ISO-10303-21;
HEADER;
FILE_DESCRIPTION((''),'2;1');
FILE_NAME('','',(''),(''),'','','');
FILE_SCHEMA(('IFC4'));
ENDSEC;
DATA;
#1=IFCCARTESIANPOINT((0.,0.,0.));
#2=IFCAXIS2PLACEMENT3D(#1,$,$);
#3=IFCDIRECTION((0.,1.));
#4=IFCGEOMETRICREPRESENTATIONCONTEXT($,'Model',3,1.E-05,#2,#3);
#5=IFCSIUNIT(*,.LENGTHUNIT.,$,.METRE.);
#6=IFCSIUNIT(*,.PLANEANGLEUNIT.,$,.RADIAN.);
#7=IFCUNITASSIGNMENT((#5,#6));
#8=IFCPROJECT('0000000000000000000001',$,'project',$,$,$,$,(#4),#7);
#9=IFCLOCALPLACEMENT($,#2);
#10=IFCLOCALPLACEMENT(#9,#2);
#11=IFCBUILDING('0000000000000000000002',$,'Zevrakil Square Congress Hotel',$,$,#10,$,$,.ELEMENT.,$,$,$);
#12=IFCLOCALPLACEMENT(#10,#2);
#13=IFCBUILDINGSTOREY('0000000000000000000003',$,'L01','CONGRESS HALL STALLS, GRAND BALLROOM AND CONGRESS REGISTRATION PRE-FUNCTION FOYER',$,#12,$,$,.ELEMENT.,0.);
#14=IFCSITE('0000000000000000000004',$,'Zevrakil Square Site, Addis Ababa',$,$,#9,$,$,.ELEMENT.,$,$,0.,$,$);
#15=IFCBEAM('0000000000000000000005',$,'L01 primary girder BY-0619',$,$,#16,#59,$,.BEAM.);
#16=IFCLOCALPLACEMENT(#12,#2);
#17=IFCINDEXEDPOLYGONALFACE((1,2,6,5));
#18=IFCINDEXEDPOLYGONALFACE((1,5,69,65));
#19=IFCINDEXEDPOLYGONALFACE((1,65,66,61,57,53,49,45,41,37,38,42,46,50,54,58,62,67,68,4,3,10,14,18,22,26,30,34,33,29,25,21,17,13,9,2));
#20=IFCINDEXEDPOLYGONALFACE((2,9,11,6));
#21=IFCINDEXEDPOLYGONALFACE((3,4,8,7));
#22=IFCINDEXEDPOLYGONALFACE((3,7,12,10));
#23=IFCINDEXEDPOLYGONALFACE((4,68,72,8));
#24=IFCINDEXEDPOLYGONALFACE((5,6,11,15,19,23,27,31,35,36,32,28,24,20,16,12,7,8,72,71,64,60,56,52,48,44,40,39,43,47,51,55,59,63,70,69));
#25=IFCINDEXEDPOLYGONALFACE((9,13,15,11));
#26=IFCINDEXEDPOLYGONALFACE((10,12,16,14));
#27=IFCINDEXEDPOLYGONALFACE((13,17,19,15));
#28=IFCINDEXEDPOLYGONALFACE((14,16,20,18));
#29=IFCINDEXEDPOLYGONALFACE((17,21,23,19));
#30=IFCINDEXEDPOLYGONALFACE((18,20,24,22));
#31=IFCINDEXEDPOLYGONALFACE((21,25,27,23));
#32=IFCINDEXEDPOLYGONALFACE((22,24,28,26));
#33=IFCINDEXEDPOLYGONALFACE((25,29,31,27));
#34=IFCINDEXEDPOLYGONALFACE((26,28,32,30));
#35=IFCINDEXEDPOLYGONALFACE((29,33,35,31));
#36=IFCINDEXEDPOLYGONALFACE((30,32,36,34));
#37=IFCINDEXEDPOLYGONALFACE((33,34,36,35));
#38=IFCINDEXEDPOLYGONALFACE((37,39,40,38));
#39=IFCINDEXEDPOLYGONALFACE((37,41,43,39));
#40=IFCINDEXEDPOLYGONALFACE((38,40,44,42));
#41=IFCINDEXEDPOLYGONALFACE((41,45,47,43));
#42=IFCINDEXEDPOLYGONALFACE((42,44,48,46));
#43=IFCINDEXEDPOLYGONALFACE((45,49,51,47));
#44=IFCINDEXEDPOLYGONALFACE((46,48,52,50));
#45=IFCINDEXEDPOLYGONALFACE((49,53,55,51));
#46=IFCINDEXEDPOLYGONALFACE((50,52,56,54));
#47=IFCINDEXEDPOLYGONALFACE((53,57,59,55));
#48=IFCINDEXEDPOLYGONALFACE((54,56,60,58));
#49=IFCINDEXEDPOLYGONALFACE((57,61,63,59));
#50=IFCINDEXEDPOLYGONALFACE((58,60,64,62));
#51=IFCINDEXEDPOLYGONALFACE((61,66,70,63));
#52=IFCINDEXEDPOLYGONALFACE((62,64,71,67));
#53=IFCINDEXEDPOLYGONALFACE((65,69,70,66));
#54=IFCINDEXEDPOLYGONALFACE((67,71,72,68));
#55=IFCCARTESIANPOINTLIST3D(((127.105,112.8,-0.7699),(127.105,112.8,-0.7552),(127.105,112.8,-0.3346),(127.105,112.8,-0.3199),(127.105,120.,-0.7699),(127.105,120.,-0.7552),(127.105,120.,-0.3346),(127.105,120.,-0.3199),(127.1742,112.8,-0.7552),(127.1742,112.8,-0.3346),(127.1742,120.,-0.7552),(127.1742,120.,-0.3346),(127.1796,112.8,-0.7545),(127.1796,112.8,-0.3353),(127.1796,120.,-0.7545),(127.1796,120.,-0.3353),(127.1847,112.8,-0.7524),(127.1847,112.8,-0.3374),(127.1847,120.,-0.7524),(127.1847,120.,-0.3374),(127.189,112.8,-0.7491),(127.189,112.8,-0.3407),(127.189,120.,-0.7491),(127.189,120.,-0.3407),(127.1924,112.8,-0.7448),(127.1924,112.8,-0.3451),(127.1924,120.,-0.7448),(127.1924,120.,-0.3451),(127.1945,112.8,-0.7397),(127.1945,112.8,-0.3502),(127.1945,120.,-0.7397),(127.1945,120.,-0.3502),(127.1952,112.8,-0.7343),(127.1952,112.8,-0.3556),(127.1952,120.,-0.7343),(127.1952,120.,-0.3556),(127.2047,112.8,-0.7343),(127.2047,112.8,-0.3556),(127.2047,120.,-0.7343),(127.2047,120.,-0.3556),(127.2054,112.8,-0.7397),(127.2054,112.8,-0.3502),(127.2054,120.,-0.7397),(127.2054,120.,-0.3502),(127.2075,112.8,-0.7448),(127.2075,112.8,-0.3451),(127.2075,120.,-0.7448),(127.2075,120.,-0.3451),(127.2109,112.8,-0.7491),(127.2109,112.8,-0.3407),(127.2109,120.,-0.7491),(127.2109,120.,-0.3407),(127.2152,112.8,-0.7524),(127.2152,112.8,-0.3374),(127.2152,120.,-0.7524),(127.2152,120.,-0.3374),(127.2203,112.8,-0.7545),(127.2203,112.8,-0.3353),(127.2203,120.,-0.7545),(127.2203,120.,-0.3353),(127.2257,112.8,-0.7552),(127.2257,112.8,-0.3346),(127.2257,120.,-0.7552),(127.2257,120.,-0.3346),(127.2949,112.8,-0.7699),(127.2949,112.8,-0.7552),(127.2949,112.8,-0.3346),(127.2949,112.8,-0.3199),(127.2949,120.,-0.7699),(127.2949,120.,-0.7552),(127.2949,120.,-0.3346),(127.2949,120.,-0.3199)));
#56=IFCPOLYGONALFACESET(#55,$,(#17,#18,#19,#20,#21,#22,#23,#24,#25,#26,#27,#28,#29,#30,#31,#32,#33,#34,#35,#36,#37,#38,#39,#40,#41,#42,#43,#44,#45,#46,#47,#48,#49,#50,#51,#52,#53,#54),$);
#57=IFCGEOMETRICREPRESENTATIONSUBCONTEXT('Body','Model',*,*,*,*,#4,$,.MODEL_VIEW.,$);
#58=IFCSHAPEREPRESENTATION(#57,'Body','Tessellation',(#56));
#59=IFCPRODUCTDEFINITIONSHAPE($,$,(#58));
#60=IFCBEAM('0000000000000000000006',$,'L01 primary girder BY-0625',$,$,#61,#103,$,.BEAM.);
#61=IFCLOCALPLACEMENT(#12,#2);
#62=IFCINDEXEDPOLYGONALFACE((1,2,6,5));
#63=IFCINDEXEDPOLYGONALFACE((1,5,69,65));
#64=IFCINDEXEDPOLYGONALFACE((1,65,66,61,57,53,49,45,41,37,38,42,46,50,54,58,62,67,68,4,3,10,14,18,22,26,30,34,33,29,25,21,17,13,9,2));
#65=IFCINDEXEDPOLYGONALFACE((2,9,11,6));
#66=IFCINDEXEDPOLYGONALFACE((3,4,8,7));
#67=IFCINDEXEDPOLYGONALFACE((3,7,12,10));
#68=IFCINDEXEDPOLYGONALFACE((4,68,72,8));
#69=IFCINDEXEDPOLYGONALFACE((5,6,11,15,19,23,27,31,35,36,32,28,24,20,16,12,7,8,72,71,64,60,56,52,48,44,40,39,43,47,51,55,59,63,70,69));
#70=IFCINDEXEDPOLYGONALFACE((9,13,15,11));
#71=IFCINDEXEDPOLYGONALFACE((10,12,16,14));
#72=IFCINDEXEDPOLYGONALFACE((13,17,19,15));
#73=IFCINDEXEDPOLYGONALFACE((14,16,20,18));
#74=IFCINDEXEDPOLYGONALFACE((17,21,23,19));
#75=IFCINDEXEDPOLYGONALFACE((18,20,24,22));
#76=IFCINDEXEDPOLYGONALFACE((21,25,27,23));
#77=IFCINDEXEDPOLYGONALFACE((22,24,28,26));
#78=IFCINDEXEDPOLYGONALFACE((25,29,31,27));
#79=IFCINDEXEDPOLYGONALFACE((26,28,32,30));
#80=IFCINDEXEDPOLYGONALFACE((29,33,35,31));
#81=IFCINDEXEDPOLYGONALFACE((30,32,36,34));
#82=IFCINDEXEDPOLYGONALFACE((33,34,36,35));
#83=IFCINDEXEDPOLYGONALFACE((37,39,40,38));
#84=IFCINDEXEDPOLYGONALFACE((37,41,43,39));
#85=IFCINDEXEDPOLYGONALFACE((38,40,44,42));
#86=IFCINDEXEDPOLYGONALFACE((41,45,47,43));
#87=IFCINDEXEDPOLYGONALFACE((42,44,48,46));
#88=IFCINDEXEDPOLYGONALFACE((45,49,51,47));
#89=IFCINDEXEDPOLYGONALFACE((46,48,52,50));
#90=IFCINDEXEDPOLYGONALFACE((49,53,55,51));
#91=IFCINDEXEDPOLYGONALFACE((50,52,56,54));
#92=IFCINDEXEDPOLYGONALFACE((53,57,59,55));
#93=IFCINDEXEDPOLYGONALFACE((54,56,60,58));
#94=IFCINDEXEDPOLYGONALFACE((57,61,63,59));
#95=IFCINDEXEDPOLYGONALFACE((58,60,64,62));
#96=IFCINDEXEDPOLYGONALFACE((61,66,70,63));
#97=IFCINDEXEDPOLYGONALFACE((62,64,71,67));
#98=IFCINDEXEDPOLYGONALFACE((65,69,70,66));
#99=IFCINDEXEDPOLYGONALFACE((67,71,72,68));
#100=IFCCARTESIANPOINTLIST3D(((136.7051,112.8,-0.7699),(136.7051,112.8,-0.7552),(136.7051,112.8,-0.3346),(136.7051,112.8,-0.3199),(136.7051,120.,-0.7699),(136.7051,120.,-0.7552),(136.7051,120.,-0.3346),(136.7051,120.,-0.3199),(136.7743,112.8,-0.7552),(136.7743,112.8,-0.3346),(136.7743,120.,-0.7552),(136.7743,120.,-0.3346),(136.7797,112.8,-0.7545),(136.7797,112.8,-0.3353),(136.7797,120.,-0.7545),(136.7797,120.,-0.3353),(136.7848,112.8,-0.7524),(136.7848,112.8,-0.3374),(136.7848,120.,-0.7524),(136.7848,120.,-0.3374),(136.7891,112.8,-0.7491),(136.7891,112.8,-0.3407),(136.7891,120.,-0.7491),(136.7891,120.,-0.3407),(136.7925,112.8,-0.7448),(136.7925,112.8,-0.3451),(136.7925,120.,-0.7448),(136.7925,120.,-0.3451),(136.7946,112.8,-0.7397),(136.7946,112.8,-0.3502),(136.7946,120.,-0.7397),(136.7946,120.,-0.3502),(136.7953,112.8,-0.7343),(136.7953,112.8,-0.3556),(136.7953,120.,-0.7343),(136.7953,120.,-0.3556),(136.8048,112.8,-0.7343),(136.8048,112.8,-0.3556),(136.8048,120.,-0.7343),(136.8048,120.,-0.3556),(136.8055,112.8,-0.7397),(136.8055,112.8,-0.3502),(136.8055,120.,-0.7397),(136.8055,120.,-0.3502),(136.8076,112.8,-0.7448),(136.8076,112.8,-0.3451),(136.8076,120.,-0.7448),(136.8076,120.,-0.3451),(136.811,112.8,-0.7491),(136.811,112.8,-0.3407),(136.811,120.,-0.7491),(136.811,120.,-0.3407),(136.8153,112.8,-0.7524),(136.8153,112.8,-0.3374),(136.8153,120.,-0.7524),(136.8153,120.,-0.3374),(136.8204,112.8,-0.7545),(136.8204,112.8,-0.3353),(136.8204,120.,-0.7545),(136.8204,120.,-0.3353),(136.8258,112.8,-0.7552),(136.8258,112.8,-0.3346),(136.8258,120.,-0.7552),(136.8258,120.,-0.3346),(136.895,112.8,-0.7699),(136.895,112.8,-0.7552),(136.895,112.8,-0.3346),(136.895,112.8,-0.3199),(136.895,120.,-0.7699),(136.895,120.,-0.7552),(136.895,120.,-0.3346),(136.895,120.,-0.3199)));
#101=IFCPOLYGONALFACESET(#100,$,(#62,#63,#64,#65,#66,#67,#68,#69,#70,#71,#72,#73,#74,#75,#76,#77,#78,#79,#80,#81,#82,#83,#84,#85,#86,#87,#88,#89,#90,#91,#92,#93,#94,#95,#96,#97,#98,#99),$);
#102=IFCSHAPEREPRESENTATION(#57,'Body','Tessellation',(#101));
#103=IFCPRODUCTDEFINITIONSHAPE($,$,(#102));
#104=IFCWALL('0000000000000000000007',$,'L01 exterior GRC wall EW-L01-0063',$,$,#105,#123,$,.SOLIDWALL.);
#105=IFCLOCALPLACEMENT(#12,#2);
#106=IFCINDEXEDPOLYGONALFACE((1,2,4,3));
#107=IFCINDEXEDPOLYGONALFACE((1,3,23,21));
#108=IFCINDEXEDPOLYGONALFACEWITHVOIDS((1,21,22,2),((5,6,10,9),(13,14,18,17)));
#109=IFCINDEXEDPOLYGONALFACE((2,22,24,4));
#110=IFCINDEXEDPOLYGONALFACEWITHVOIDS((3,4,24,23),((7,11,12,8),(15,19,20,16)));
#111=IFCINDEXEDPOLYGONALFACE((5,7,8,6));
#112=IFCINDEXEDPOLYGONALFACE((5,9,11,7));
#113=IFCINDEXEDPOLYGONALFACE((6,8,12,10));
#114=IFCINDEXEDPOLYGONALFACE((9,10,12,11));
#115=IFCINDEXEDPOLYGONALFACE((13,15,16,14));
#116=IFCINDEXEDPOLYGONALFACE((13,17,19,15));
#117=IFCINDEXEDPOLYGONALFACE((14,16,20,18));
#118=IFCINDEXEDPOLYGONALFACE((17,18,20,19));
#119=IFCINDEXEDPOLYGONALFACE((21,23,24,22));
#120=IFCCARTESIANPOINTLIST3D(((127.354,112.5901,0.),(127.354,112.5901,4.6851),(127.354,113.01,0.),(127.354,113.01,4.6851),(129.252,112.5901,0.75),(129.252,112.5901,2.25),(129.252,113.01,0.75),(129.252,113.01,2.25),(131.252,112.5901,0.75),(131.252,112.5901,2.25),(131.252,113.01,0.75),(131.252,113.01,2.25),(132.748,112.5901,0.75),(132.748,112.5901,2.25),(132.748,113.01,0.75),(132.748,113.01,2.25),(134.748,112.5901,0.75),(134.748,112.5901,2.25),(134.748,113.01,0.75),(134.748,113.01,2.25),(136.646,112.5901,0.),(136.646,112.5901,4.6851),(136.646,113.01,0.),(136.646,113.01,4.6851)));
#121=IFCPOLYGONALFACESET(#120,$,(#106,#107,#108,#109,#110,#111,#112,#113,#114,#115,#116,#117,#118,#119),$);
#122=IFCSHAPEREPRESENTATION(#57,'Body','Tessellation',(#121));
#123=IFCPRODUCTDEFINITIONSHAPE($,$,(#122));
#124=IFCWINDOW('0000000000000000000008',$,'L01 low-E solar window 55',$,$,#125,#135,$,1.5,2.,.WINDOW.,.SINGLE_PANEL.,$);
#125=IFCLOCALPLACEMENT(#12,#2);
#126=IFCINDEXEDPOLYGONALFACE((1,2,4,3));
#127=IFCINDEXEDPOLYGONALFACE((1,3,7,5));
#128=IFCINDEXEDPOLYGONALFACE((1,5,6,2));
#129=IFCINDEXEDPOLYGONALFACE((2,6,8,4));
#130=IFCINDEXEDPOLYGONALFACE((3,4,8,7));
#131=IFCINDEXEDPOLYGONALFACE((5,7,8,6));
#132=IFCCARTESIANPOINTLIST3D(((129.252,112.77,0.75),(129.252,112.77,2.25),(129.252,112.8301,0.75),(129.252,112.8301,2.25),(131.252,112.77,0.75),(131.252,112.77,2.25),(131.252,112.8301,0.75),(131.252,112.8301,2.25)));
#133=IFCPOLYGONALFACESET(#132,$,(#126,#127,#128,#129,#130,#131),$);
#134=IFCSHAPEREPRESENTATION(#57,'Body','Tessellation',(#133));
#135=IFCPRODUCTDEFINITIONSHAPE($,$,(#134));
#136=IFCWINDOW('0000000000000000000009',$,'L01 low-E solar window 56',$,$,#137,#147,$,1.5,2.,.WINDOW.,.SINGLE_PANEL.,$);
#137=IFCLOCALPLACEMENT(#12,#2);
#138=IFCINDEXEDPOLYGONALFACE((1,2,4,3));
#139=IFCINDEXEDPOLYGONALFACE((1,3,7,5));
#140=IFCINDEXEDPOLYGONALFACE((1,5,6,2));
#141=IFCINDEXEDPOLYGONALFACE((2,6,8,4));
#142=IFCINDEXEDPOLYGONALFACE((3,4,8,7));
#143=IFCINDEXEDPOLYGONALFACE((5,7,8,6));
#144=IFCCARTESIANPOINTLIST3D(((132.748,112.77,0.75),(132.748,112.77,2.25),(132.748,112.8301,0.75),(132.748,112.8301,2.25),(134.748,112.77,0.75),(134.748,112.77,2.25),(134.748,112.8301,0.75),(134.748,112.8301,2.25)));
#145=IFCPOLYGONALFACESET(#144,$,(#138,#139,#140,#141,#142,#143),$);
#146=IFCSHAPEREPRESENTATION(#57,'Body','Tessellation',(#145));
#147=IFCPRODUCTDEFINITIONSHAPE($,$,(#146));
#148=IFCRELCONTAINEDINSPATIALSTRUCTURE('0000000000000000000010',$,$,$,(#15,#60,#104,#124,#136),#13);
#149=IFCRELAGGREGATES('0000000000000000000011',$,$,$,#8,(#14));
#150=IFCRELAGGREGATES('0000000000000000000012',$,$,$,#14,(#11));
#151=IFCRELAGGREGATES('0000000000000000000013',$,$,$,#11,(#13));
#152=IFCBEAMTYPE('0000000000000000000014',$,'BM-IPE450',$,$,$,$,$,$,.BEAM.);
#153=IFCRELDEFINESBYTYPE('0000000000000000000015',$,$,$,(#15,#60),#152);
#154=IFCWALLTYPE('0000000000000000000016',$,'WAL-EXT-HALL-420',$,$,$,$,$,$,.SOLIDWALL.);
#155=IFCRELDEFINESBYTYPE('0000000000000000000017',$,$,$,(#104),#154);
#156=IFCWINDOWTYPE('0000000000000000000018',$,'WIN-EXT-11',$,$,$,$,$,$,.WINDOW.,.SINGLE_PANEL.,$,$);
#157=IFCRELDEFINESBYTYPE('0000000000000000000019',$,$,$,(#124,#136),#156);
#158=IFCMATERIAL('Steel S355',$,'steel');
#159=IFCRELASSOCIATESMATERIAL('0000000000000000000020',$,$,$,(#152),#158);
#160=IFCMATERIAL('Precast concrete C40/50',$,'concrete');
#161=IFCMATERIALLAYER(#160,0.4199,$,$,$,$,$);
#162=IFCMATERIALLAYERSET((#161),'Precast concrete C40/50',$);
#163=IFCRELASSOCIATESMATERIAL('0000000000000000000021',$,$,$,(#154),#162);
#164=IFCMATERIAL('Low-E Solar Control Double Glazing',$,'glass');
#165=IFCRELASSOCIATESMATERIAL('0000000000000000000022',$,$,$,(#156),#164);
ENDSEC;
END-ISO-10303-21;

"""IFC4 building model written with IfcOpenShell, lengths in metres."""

from ifc_helpers import new_model, si_unit, direction, frame, frame_2d, origin, origin_2d, place, context, subcontext, project, spatial, rectangle, i_section, extrude, material, layer, layer_set, material_profile, profile_set, type_object, element, fill, save


model = new_model("IFC4")

# Units and contexts
model_context = context("Model", 3, precision=1e-05, world=origin(), true_north=direction((0.0, 1.0)))
body_context = subcontext(model_context, "Body", "Model", "MODEL_VIEW")
ifc_project = project(units=[si_unit("LENGTHUNIT", "METRE"), si_unit("PLANEANGLEUNIT", "RADIAN")], contexts=[model_context])

# Site, building, storey
site_placement = place(None, origin())
site = spatial("IfcSite", under=ifc_project, at=site_placement, Name="Zevrakil Square Site, Addis Ababa", CompositionType="ELEMENT", RefElevation=0.0)
building_placement = place(site_placement, origin())
building = spatial("IfcBuilding", under=site, at=building_placement, Name="Zevrakil Square Congress Hotel", CompositionType="ELEMENT")
storey_placement = place(building_placement, origin())
storey = spatial("IfcBuildingStorey", under=building, at=storey_placement, Name="L01", Description="CONGRESS HALL STALLS, GRAND BALLROOM AND CONGRESS REGISTRATION PRE-FUNCTION FOYER", CompositionType="ELEMENT", Elevation=0.0)

# Beams
ifc_material_1 = material(Name="Steel S355", Category="steel")
ifc_material_profile_1 = material_profile(ifc_material_1, i_section(OverallWidth=0.1899, OverallDepth=0.45, WebThickness=0.0095, FlangeThickness=0.0146, FilletRadius=0.021, at=origin_2d()), Name="IPE 450")
ifc_profile_set_1 = profile_set([ifc_material_profile_1], Name="Steel S355")
beam_type_1 = type_object("IfcBeamType", Name="BM-IPE450", PredefinedType="BEAM", material=ifc_profile_set_1)
for number, where, z_axis, x_axis, name in (
    (1, (127.2, 112.8, -0.5449), (0.0, 1.0, 0.0), (-1.0, 0.0, 0.0), "L01 primary girder BY-0619"),
    (2, (136.8, 112.8, -0.5449), (0.0, 1.0, 0.0), (-1.0, 0.0, 0.0), "L01 primary girder BY-0625"),
):
    element("IfcBeam", number, at=place(storey_placement, frame(where, z_axis=z_axis, x_axis=x_axis)), inside=storey, type_object=beam_type_1, Name=name, PredefinedType="BEAM", context=body_context, shape_type="SweptSolid", body=[
        extrude(i_section(OverallWidth=0.1899, OverallDepth=0.45, WebThickness=0.0095, FlangeThickness=0.0146, FilletRadius=0.021, at=origin_2d()), origin(), (0.0, 0.0, 1.0), 7.2),
    ])

# Wall, openings, windows
ifc_material_2 = material(Name="Precast concrete C40/50", Category="concrete")
ifc_layer_1 = layer(ifc_material_2, 0.4199)
ifc_layer_set_1 = layer_set([ifc_layer_1], Name="Precast concrete C40/50")
wall_type_1 = type_object("IfcWallType", Name="WAL-EXT-HALL-420", PredefinedType="SOLIDWALL", material=ifc_layer_set_1)
wall_1_placement = place(storey_placement, frame((127.354, 112.8, 0.0), z_axis=(0.0, 0.0, 1.0), x_axis=(1.0, 0.0, 0.0)))
wall_1 = element("IfcWall", 3, at=wall_1_placement, inside=storey, type_object=wall_type_1, Name="L01 exterior GRC wall EW-L01-0063", PredefinedType="SOLIDWALL", context=body_context, shape_type="SweptSolid", body=[
    extrude(rectangle(XDim=9.292, YDim=0.4199, at=frame_2d((4.646, 0.0))), origin(), (0.0, 0.0, 1.0), 4.6851),
])
opening_1_placement = place(wall_1_placement, frame((1.8979, 0.0, 0.75)))
opening_1 = element("IfcOpeningElement", 4, at=opening_1_placement, cuts=wall_1, PredefinedType="OPENING", context=body_context, shape_type="SweptSolid", body=[
    extrude(rectangle(XDim=2.0, YDim=1.5, at=frame_2d((1.0, 0.75))), frame((0.0, 0.22, 0.0), z_axis=(0.0, -1.0, 0.0), x_axis=(1.0, 0.0, 0.0)), (0.0, 0.0, 1.0), 0.4399),
])
opening_2_placement = place(wall_1_placement, frame((5.394, 0.0, 0.75)))
opening_2 = element("IfcOpeningElement", 5, at=opening_2_placement, cuts=wall_1, PredefinedType="OPENING", context=body_context, shape_type="SweptSolid", body=[
    extrude(rectangle(XDim=2.0, YDim=1.5, at=frame_2d((1.0, 0.75))), frame((0.0, 0.22, 0.0), z_axis=(0.0, -1.0, 0.0), x_axis=(1.0, 0.0, 0.0)), (0.0, 0.0, 1.0), 0.4399),
])
ifc_material_3 = material(Name="Low-E Solar Control Double Glazing", Category="glass")
window_type = type_object("IfcWindowType", Name="WIN-EXT-11", PartitioningType="SINGLE_PANEL", PredefinedType="WINDOW", material=ifc_material_3)
window_1_placement = place(opening_1_placement, origin())
window_1 = element("IfcWindow", 6, at=window_1_placement, inside=storey, type_object=window_type, Name="L01 low-E solar window 55", OverallHeight=1.5, OverallWidth=2.0, PartitioningType="SINGLE_PANEL", PredefinedType="WINDOW", context=body_context, shape_type="SweptSolid", body=[
    extrude(rectangle(XDim=2.0, YDim=1.5, at=frame_2d((1.0, 0.75))), frame((0.0, 0.03, 0.0), z_axis=(0.0, -1.0, 0.0), x_axis=(1.0, 0.0, 0.0)), (0.0, 0.0, 1.0), 0.0601),
])
fill(opening_1, window_1)
window_2_placement = place(opening_2_placement, origin())
window_2 = element("IfcWindow", 7, at=window_2_placement, inside=storey, type_object=window_type, Name="L01 low-E solar window 56", OverallHeight=1.5, OverallWidth=2.0, PartitioningType="SINGLE_PANEL", PredefinedType="WINDOW", context=body_context, shape_type="SweptSolid", body=[
    extrude(rectangle(XDim=2.0, YDim=1.5, at=frame_2d((1.0, 0.75))), frame((0.0, 0.03, 0.0), z_axis=(0.0, -1.0, 0.0), x_axis=(1.0, 0.0, 0.0)), (0.0, 0.0, 1.0), 0.0601),
])
fill(opening_2, window_2)

save(model, "model.ifc")
